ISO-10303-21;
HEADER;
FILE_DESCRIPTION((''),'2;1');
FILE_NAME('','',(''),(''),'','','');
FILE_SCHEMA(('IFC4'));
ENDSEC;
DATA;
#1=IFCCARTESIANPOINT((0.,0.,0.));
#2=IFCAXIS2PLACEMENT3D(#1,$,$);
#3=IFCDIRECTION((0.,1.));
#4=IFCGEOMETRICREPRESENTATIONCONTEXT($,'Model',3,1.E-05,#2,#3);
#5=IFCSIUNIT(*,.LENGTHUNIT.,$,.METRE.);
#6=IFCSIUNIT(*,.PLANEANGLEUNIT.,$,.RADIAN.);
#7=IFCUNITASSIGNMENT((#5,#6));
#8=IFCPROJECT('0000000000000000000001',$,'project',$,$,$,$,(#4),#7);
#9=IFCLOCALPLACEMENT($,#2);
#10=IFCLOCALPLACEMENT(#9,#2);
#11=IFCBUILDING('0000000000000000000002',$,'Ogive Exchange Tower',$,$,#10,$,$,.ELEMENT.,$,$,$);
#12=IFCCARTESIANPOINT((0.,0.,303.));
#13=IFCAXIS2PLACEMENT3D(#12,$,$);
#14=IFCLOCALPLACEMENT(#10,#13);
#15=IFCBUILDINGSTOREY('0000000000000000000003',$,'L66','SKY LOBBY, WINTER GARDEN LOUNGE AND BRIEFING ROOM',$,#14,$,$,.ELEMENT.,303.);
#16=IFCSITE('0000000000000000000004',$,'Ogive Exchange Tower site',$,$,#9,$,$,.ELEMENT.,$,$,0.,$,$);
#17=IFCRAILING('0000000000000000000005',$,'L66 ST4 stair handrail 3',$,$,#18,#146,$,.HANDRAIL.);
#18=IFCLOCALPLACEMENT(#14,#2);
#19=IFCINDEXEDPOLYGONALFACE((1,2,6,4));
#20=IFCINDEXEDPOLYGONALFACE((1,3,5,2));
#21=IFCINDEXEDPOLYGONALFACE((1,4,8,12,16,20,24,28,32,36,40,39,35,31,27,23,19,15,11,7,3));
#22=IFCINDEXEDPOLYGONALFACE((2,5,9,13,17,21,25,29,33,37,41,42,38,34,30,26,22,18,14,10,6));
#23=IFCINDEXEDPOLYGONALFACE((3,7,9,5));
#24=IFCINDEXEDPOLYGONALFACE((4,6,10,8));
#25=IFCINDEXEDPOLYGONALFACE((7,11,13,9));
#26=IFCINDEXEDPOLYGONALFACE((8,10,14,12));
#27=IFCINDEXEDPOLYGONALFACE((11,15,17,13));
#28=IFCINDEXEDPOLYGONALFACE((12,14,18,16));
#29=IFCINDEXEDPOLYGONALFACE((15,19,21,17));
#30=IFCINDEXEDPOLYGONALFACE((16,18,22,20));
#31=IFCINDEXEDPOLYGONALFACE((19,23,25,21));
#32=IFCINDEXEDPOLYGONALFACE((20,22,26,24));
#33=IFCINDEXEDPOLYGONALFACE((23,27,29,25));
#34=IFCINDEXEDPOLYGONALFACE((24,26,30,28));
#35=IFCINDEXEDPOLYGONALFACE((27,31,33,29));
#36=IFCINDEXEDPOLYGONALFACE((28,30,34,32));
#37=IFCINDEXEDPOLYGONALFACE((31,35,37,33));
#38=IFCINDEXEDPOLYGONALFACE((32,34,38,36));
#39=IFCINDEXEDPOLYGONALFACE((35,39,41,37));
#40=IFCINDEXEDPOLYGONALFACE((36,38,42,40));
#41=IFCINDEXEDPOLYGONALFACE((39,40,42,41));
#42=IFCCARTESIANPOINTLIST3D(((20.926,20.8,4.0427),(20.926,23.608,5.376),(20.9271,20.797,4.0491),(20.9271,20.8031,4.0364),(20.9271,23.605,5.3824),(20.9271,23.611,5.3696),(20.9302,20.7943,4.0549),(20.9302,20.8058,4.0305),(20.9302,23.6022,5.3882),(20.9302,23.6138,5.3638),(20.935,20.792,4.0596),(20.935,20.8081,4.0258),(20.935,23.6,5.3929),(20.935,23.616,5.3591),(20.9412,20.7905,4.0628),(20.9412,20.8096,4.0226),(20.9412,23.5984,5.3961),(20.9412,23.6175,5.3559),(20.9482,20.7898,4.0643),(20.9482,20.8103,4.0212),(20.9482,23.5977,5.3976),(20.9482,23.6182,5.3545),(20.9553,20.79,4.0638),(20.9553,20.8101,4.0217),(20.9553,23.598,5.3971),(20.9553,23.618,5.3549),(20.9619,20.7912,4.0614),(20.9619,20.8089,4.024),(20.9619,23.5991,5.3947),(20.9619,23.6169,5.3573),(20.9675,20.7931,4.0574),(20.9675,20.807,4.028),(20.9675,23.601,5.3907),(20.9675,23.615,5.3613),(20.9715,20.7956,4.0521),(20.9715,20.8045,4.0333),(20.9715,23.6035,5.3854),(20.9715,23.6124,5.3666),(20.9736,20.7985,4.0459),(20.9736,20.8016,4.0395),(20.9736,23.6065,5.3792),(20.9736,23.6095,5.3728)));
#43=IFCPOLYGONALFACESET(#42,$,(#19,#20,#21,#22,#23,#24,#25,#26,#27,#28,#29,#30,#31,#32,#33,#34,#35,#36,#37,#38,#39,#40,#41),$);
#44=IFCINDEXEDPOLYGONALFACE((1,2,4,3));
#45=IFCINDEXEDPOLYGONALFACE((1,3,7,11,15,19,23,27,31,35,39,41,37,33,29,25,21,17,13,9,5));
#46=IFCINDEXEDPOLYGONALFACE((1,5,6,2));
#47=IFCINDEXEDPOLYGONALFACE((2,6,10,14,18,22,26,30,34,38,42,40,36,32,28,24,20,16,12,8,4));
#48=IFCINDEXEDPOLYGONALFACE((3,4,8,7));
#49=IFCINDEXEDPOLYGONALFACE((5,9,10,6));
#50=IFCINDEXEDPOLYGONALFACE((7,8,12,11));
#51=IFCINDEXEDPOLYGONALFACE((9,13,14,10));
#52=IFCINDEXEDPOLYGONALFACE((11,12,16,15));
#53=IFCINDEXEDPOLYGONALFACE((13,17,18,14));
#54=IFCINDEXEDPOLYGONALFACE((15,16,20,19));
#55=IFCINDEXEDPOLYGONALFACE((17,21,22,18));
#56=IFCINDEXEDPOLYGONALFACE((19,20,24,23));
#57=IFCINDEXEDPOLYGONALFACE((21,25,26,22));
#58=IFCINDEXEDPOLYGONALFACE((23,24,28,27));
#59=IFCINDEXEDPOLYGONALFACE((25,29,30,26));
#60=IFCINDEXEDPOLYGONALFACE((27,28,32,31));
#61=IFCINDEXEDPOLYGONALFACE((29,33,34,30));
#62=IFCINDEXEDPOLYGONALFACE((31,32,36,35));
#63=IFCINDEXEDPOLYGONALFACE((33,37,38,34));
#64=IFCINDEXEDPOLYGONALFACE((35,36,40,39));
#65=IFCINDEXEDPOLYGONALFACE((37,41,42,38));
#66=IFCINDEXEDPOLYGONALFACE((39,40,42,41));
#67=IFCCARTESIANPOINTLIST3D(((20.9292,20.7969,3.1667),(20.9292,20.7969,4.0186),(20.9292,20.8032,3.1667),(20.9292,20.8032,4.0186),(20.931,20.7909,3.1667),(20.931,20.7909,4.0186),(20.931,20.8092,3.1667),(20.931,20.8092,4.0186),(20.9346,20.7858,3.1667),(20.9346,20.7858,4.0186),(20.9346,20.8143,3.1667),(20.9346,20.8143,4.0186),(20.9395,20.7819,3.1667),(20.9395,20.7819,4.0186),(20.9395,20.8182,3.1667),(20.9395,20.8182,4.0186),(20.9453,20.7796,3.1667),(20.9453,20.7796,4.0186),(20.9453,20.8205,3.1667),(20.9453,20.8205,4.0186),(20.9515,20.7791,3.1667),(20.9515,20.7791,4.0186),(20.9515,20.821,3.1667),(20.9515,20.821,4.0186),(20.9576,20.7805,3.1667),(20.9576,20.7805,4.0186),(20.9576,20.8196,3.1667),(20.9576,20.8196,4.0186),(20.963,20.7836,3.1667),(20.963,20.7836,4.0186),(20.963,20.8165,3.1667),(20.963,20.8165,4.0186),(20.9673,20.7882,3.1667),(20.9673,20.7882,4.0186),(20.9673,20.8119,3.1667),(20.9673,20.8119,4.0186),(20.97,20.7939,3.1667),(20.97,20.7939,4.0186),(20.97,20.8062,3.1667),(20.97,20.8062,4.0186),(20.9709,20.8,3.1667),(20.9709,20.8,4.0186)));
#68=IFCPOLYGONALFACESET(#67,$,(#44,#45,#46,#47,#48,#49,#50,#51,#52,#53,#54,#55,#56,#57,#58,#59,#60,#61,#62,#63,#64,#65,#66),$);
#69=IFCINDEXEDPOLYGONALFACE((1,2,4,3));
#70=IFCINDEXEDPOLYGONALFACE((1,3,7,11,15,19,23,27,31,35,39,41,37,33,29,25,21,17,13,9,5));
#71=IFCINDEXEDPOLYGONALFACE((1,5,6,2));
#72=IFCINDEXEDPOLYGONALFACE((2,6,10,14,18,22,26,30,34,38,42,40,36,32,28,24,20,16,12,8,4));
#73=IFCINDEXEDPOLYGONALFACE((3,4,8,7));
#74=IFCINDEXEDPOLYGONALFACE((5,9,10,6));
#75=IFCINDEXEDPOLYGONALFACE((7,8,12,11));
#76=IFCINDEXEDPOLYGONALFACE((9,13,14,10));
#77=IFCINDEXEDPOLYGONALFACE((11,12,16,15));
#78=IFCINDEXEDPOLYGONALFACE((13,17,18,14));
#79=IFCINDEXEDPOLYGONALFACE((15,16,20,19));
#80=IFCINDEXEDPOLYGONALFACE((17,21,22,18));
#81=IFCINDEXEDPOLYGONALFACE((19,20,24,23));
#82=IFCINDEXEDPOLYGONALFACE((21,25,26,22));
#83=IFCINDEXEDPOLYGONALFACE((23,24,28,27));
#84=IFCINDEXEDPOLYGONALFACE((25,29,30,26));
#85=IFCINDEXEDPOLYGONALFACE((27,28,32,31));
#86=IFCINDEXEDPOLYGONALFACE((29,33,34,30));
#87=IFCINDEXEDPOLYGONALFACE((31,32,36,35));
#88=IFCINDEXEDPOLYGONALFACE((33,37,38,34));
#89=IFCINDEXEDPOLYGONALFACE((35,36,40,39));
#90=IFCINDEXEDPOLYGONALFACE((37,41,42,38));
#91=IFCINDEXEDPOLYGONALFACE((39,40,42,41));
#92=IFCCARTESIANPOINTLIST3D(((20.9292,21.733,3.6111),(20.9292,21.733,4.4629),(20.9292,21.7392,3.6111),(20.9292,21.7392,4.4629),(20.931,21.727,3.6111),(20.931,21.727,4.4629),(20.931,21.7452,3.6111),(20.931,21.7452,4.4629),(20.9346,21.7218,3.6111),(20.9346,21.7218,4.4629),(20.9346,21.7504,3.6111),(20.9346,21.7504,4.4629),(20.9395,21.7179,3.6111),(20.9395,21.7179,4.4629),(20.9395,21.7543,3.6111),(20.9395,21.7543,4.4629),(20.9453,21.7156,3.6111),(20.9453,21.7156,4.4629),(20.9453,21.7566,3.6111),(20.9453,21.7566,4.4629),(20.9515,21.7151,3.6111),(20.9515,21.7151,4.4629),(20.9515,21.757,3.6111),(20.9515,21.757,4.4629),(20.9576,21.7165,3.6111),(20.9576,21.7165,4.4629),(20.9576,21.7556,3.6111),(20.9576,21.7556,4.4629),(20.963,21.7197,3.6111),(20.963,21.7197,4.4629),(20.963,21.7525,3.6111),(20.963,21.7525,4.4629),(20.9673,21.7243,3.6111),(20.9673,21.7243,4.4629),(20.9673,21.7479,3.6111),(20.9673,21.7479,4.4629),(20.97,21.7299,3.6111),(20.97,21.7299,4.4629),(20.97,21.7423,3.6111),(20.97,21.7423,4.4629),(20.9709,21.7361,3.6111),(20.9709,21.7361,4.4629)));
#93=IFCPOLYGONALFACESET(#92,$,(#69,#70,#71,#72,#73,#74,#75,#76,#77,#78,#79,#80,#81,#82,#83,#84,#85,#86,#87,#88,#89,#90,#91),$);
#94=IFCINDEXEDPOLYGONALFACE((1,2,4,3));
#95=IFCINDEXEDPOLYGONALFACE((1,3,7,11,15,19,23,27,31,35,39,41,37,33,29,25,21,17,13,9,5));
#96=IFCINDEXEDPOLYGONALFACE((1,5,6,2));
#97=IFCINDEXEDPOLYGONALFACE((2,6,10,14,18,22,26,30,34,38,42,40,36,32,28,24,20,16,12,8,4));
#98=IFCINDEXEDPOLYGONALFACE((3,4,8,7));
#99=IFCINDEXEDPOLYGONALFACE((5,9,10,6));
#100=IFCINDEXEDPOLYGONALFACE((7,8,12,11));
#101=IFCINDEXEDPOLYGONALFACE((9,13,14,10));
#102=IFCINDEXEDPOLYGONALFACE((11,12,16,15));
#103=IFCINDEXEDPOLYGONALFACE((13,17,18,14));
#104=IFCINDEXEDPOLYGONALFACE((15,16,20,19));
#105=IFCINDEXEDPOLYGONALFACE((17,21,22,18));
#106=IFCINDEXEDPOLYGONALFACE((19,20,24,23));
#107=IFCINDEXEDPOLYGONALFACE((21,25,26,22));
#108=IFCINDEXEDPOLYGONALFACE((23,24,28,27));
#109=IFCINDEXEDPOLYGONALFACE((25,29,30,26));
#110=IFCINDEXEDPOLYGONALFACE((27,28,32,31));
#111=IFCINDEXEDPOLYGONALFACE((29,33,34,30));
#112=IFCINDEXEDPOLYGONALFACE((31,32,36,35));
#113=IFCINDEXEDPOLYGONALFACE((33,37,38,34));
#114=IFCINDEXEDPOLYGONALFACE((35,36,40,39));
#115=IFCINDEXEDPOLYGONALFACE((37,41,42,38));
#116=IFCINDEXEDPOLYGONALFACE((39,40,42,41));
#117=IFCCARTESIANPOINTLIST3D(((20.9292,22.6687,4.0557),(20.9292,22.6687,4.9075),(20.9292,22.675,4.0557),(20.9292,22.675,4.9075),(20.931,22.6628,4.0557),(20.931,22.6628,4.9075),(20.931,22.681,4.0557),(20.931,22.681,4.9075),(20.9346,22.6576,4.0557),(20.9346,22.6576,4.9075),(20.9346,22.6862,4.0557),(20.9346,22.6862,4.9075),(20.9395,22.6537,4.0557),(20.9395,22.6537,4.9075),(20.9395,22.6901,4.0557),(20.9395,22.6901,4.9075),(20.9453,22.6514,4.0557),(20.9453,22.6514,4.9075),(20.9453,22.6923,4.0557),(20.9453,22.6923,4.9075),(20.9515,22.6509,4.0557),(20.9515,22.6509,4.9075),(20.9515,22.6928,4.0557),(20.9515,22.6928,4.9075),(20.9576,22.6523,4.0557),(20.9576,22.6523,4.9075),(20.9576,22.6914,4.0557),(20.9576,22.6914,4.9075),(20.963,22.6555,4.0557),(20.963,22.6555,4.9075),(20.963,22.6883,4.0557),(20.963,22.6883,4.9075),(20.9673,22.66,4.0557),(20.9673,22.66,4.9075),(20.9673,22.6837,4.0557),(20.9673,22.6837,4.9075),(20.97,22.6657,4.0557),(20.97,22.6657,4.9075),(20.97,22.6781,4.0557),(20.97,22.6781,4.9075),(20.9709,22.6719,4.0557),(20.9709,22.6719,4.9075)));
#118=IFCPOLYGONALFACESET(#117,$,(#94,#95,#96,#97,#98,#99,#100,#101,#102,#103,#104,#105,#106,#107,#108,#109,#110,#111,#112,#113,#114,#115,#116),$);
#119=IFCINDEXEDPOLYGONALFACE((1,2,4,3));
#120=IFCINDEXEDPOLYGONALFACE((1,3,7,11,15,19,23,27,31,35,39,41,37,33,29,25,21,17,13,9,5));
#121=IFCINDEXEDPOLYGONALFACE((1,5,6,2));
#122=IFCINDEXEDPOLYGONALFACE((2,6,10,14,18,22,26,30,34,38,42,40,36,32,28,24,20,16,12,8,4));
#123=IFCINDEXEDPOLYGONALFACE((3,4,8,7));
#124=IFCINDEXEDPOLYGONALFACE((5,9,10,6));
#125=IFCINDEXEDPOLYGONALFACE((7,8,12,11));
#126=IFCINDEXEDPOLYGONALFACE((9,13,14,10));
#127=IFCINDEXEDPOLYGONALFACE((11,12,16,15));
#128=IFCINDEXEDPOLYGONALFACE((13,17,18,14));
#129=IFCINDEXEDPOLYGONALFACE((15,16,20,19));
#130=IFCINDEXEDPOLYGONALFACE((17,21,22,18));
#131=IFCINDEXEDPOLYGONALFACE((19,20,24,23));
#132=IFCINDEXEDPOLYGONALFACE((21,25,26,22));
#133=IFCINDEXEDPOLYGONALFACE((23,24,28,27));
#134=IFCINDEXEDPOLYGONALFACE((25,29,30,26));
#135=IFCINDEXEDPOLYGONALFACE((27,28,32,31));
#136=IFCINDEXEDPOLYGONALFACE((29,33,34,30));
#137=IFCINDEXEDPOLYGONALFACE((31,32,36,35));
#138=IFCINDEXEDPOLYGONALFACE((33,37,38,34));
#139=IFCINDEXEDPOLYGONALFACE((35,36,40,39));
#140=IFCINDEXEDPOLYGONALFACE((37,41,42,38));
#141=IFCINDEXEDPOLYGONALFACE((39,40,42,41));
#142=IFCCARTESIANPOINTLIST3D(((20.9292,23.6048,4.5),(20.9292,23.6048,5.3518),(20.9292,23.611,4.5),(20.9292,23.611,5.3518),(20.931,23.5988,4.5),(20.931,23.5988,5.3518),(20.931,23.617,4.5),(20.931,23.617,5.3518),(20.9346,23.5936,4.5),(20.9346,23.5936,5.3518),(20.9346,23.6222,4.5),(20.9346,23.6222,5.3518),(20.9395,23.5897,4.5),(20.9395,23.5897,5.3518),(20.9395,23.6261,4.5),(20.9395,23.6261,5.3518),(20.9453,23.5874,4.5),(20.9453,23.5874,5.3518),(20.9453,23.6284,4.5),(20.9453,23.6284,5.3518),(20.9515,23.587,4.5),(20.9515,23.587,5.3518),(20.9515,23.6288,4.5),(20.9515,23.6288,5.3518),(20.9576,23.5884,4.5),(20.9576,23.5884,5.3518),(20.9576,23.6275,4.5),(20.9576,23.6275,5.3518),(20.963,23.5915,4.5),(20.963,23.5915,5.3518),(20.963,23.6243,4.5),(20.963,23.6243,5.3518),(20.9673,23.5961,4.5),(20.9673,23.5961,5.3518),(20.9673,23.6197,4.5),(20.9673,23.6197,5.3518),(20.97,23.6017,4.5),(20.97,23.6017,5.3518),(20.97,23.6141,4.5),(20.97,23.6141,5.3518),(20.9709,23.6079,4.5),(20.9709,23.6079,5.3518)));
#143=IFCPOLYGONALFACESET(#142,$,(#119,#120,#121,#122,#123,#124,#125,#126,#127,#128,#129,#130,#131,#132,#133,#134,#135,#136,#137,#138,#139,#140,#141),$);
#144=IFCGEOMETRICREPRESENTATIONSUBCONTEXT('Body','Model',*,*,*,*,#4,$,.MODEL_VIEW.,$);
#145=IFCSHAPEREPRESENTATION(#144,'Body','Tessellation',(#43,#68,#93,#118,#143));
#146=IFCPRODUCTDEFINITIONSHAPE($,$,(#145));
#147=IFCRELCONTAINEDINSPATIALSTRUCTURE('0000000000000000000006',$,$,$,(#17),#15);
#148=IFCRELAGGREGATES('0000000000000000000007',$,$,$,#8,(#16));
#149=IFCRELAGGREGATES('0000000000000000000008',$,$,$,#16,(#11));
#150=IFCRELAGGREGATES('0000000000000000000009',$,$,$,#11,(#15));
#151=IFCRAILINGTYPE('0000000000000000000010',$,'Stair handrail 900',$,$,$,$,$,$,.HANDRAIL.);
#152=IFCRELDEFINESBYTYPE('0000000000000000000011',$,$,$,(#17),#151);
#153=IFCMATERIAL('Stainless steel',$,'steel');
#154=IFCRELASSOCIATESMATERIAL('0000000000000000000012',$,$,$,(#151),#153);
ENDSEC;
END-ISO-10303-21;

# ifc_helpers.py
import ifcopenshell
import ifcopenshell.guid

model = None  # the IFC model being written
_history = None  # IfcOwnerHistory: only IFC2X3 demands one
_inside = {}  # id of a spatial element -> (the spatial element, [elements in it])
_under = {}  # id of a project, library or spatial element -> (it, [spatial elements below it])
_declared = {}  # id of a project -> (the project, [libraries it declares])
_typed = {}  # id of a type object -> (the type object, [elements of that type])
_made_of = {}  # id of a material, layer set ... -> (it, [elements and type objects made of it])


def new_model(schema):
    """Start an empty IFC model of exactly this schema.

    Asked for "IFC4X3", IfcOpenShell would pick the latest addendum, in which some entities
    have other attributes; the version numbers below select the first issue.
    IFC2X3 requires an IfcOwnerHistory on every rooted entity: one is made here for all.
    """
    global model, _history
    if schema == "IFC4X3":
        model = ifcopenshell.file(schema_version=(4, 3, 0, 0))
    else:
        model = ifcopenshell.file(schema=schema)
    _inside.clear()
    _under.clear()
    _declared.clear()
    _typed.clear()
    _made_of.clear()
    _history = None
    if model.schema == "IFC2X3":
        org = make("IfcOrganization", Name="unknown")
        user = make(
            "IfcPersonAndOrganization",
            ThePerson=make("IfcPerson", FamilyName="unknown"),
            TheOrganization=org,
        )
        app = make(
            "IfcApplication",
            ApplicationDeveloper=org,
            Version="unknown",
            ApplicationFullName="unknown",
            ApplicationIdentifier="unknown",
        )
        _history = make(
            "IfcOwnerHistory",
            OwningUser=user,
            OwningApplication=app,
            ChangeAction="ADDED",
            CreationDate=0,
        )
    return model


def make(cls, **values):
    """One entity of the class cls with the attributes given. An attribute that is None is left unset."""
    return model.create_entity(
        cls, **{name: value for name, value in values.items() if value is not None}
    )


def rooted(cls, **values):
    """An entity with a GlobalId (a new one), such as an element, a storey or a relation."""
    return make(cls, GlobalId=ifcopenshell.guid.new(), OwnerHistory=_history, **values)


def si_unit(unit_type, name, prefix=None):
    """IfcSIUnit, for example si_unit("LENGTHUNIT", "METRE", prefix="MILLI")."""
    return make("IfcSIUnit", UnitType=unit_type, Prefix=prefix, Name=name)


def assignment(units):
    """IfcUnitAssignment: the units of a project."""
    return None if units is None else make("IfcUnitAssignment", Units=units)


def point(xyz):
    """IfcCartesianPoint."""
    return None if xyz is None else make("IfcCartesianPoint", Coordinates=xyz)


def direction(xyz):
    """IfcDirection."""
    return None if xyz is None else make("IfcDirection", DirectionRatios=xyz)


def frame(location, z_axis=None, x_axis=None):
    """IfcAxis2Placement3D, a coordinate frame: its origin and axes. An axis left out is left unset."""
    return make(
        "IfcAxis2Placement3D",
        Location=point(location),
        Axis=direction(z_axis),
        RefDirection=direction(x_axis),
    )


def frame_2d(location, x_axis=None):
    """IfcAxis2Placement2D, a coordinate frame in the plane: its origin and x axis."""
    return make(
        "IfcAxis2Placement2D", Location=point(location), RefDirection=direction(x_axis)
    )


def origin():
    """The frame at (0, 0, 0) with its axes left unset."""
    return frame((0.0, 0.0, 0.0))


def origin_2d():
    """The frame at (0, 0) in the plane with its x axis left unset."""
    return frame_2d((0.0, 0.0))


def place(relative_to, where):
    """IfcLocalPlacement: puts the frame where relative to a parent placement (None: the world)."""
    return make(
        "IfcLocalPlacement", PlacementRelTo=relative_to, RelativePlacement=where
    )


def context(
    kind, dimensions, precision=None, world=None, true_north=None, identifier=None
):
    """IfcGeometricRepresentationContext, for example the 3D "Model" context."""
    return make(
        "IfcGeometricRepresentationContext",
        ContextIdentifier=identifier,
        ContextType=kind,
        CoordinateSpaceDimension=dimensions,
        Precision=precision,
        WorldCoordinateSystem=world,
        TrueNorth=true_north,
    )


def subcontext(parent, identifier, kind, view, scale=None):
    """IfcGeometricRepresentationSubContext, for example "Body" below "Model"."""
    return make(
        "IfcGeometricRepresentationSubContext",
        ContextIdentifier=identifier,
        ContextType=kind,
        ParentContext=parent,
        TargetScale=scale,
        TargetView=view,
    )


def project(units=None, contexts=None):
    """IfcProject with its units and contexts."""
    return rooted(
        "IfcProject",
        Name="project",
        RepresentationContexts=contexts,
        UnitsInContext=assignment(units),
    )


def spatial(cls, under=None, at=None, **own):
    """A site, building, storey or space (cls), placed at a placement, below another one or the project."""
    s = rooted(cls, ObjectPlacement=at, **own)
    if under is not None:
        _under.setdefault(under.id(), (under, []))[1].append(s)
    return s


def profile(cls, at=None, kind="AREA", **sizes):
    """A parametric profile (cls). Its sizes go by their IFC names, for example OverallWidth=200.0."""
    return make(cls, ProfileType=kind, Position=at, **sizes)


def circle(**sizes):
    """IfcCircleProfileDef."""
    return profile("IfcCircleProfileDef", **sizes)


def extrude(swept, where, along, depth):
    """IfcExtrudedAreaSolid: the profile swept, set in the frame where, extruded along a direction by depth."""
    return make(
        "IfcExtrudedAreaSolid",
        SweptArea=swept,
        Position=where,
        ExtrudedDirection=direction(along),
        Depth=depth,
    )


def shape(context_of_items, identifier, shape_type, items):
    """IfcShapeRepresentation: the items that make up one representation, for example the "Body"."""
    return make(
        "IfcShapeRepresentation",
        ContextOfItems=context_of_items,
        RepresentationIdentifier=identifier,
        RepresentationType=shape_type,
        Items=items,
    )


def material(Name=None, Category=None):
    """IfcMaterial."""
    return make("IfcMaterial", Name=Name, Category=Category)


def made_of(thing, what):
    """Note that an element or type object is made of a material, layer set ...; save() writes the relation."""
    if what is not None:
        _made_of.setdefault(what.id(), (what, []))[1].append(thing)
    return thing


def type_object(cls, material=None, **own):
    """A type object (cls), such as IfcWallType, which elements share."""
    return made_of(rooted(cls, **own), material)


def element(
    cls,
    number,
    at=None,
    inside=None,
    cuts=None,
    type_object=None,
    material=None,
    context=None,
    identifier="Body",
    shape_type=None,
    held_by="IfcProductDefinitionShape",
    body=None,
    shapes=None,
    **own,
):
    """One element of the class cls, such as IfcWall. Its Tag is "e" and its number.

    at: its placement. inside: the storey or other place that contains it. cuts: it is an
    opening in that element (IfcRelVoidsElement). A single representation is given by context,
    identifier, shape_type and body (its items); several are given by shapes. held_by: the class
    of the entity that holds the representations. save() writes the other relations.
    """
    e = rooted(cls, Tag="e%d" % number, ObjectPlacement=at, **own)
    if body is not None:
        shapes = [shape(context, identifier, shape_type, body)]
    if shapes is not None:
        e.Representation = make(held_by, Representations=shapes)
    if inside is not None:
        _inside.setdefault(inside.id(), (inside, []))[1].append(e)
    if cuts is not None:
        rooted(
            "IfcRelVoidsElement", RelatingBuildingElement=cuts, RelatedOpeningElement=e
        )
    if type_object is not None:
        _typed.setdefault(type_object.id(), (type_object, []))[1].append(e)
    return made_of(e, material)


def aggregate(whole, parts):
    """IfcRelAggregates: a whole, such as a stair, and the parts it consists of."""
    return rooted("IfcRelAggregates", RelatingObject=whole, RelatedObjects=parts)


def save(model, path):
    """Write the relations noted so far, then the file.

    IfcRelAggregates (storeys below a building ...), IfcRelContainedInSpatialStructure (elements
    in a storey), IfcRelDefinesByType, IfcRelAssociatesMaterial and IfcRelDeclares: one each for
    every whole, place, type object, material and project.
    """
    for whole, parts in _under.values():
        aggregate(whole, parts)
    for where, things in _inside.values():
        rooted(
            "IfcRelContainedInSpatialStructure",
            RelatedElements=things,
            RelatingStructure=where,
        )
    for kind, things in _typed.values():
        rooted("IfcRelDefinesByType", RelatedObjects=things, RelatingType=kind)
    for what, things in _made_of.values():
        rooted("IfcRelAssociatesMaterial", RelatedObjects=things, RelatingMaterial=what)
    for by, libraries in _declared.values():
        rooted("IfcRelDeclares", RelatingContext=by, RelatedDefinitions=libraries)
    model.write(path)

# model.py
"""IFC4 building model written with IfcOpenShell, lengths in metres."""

from ifc_helpers import new_model, si_unit, direction, frame, origin, origin_2d, place, context, subcontext, project, spatial, circle, extrude, material, type_object, element, save


model = new_model("IFC4")

# Units and contexts
model_context = context("Model", 3, precision=1e-05, world=origin(), true_north=direction((0.0, 1.0)))
body_context = subcontext(model_context, "Body", "Model", "MODEL_VIEW")
ifc_project = project(units=[si_unit("LENGTHUNIT", "METRE"), si_unit("PLANEANGLEUNIT", "RADIAN")], contexts=[model_context])

# Site, building, storey
site_placement = place(None, origin())
site = spatial("IfcSite", under=ifc_project, at=site_placement, Name="Ogive Exchange Tower site", CompositionType="ELEMENT", RefElevation=0.0)
building_placement = place(site_placement, origin())
building = spatial("IfcBuilding", under=site, at=building_placement, Name="Ogive Exchange Tower", CompositionType="ELEMENT")
storey_placement = place(building_placement, frame((0.0, 0.0, 303.0)))
storey = spatial("IfcBuildingStorey", under=building, at=storey_placement, Name="L66", Description="SKY LOBBY, WINTER GARDEN LOUNGE AND BRIEFING ROOM", CompositionType="ELEMENT", Elevation=303.0)

# Railing
ifc_material_1 = material(Name="Stainless steel", Category="steel")
railing_type = type_object("IfcRailingType", Name="Stair handrail 900", PredefinedType="HANDRAIL", material=ifc_material_1)
railing_1_placement = place(storey_placement, frame((20.95, 20.8, 3.1667)))
element("IfcRailing", 1, at=railing_1_placement, inside=storey, type_object=railing_type, Name="L66 ST4 stair handrail 3", PredefinedType="HANDRAIL", context=body_context, shape_type="SweptSolid", body=[
    extrude(circle(Radius=0.0239, at=origin_2d()), frame((0.0, 0.0, 0.876), z_axis=(0.0, 0.903338, 0.42893), x_axis=(-1.0, 0.0, 0.0)), (0.0, 0.0, 1.0), 3.1084),
    extrude(circle(Radius=0.021, at=origin_2d()), origin(), (0.0, 0.0, 1.0), 0.8518),
    extrude(circle(Radius=0.021, at=origin_2d()), frame((0.0, 0.936, 0.4443)), (0.0, 0.0, 1.0), 0.8518),
    extrude(circle(Radius=0.021, at=origin_2d()), frame((0.0, 1.8718, 0.8889)), (0.0, 0.0, 1.0), 0.8518),
    extrude(circle(Radius=0.021, at=origin_2d()), frame((0.0, 2.8079, 1.3333)), (0.0, 0.0, 1.0), 0.8518),
])

save(model, "model.ifc")
